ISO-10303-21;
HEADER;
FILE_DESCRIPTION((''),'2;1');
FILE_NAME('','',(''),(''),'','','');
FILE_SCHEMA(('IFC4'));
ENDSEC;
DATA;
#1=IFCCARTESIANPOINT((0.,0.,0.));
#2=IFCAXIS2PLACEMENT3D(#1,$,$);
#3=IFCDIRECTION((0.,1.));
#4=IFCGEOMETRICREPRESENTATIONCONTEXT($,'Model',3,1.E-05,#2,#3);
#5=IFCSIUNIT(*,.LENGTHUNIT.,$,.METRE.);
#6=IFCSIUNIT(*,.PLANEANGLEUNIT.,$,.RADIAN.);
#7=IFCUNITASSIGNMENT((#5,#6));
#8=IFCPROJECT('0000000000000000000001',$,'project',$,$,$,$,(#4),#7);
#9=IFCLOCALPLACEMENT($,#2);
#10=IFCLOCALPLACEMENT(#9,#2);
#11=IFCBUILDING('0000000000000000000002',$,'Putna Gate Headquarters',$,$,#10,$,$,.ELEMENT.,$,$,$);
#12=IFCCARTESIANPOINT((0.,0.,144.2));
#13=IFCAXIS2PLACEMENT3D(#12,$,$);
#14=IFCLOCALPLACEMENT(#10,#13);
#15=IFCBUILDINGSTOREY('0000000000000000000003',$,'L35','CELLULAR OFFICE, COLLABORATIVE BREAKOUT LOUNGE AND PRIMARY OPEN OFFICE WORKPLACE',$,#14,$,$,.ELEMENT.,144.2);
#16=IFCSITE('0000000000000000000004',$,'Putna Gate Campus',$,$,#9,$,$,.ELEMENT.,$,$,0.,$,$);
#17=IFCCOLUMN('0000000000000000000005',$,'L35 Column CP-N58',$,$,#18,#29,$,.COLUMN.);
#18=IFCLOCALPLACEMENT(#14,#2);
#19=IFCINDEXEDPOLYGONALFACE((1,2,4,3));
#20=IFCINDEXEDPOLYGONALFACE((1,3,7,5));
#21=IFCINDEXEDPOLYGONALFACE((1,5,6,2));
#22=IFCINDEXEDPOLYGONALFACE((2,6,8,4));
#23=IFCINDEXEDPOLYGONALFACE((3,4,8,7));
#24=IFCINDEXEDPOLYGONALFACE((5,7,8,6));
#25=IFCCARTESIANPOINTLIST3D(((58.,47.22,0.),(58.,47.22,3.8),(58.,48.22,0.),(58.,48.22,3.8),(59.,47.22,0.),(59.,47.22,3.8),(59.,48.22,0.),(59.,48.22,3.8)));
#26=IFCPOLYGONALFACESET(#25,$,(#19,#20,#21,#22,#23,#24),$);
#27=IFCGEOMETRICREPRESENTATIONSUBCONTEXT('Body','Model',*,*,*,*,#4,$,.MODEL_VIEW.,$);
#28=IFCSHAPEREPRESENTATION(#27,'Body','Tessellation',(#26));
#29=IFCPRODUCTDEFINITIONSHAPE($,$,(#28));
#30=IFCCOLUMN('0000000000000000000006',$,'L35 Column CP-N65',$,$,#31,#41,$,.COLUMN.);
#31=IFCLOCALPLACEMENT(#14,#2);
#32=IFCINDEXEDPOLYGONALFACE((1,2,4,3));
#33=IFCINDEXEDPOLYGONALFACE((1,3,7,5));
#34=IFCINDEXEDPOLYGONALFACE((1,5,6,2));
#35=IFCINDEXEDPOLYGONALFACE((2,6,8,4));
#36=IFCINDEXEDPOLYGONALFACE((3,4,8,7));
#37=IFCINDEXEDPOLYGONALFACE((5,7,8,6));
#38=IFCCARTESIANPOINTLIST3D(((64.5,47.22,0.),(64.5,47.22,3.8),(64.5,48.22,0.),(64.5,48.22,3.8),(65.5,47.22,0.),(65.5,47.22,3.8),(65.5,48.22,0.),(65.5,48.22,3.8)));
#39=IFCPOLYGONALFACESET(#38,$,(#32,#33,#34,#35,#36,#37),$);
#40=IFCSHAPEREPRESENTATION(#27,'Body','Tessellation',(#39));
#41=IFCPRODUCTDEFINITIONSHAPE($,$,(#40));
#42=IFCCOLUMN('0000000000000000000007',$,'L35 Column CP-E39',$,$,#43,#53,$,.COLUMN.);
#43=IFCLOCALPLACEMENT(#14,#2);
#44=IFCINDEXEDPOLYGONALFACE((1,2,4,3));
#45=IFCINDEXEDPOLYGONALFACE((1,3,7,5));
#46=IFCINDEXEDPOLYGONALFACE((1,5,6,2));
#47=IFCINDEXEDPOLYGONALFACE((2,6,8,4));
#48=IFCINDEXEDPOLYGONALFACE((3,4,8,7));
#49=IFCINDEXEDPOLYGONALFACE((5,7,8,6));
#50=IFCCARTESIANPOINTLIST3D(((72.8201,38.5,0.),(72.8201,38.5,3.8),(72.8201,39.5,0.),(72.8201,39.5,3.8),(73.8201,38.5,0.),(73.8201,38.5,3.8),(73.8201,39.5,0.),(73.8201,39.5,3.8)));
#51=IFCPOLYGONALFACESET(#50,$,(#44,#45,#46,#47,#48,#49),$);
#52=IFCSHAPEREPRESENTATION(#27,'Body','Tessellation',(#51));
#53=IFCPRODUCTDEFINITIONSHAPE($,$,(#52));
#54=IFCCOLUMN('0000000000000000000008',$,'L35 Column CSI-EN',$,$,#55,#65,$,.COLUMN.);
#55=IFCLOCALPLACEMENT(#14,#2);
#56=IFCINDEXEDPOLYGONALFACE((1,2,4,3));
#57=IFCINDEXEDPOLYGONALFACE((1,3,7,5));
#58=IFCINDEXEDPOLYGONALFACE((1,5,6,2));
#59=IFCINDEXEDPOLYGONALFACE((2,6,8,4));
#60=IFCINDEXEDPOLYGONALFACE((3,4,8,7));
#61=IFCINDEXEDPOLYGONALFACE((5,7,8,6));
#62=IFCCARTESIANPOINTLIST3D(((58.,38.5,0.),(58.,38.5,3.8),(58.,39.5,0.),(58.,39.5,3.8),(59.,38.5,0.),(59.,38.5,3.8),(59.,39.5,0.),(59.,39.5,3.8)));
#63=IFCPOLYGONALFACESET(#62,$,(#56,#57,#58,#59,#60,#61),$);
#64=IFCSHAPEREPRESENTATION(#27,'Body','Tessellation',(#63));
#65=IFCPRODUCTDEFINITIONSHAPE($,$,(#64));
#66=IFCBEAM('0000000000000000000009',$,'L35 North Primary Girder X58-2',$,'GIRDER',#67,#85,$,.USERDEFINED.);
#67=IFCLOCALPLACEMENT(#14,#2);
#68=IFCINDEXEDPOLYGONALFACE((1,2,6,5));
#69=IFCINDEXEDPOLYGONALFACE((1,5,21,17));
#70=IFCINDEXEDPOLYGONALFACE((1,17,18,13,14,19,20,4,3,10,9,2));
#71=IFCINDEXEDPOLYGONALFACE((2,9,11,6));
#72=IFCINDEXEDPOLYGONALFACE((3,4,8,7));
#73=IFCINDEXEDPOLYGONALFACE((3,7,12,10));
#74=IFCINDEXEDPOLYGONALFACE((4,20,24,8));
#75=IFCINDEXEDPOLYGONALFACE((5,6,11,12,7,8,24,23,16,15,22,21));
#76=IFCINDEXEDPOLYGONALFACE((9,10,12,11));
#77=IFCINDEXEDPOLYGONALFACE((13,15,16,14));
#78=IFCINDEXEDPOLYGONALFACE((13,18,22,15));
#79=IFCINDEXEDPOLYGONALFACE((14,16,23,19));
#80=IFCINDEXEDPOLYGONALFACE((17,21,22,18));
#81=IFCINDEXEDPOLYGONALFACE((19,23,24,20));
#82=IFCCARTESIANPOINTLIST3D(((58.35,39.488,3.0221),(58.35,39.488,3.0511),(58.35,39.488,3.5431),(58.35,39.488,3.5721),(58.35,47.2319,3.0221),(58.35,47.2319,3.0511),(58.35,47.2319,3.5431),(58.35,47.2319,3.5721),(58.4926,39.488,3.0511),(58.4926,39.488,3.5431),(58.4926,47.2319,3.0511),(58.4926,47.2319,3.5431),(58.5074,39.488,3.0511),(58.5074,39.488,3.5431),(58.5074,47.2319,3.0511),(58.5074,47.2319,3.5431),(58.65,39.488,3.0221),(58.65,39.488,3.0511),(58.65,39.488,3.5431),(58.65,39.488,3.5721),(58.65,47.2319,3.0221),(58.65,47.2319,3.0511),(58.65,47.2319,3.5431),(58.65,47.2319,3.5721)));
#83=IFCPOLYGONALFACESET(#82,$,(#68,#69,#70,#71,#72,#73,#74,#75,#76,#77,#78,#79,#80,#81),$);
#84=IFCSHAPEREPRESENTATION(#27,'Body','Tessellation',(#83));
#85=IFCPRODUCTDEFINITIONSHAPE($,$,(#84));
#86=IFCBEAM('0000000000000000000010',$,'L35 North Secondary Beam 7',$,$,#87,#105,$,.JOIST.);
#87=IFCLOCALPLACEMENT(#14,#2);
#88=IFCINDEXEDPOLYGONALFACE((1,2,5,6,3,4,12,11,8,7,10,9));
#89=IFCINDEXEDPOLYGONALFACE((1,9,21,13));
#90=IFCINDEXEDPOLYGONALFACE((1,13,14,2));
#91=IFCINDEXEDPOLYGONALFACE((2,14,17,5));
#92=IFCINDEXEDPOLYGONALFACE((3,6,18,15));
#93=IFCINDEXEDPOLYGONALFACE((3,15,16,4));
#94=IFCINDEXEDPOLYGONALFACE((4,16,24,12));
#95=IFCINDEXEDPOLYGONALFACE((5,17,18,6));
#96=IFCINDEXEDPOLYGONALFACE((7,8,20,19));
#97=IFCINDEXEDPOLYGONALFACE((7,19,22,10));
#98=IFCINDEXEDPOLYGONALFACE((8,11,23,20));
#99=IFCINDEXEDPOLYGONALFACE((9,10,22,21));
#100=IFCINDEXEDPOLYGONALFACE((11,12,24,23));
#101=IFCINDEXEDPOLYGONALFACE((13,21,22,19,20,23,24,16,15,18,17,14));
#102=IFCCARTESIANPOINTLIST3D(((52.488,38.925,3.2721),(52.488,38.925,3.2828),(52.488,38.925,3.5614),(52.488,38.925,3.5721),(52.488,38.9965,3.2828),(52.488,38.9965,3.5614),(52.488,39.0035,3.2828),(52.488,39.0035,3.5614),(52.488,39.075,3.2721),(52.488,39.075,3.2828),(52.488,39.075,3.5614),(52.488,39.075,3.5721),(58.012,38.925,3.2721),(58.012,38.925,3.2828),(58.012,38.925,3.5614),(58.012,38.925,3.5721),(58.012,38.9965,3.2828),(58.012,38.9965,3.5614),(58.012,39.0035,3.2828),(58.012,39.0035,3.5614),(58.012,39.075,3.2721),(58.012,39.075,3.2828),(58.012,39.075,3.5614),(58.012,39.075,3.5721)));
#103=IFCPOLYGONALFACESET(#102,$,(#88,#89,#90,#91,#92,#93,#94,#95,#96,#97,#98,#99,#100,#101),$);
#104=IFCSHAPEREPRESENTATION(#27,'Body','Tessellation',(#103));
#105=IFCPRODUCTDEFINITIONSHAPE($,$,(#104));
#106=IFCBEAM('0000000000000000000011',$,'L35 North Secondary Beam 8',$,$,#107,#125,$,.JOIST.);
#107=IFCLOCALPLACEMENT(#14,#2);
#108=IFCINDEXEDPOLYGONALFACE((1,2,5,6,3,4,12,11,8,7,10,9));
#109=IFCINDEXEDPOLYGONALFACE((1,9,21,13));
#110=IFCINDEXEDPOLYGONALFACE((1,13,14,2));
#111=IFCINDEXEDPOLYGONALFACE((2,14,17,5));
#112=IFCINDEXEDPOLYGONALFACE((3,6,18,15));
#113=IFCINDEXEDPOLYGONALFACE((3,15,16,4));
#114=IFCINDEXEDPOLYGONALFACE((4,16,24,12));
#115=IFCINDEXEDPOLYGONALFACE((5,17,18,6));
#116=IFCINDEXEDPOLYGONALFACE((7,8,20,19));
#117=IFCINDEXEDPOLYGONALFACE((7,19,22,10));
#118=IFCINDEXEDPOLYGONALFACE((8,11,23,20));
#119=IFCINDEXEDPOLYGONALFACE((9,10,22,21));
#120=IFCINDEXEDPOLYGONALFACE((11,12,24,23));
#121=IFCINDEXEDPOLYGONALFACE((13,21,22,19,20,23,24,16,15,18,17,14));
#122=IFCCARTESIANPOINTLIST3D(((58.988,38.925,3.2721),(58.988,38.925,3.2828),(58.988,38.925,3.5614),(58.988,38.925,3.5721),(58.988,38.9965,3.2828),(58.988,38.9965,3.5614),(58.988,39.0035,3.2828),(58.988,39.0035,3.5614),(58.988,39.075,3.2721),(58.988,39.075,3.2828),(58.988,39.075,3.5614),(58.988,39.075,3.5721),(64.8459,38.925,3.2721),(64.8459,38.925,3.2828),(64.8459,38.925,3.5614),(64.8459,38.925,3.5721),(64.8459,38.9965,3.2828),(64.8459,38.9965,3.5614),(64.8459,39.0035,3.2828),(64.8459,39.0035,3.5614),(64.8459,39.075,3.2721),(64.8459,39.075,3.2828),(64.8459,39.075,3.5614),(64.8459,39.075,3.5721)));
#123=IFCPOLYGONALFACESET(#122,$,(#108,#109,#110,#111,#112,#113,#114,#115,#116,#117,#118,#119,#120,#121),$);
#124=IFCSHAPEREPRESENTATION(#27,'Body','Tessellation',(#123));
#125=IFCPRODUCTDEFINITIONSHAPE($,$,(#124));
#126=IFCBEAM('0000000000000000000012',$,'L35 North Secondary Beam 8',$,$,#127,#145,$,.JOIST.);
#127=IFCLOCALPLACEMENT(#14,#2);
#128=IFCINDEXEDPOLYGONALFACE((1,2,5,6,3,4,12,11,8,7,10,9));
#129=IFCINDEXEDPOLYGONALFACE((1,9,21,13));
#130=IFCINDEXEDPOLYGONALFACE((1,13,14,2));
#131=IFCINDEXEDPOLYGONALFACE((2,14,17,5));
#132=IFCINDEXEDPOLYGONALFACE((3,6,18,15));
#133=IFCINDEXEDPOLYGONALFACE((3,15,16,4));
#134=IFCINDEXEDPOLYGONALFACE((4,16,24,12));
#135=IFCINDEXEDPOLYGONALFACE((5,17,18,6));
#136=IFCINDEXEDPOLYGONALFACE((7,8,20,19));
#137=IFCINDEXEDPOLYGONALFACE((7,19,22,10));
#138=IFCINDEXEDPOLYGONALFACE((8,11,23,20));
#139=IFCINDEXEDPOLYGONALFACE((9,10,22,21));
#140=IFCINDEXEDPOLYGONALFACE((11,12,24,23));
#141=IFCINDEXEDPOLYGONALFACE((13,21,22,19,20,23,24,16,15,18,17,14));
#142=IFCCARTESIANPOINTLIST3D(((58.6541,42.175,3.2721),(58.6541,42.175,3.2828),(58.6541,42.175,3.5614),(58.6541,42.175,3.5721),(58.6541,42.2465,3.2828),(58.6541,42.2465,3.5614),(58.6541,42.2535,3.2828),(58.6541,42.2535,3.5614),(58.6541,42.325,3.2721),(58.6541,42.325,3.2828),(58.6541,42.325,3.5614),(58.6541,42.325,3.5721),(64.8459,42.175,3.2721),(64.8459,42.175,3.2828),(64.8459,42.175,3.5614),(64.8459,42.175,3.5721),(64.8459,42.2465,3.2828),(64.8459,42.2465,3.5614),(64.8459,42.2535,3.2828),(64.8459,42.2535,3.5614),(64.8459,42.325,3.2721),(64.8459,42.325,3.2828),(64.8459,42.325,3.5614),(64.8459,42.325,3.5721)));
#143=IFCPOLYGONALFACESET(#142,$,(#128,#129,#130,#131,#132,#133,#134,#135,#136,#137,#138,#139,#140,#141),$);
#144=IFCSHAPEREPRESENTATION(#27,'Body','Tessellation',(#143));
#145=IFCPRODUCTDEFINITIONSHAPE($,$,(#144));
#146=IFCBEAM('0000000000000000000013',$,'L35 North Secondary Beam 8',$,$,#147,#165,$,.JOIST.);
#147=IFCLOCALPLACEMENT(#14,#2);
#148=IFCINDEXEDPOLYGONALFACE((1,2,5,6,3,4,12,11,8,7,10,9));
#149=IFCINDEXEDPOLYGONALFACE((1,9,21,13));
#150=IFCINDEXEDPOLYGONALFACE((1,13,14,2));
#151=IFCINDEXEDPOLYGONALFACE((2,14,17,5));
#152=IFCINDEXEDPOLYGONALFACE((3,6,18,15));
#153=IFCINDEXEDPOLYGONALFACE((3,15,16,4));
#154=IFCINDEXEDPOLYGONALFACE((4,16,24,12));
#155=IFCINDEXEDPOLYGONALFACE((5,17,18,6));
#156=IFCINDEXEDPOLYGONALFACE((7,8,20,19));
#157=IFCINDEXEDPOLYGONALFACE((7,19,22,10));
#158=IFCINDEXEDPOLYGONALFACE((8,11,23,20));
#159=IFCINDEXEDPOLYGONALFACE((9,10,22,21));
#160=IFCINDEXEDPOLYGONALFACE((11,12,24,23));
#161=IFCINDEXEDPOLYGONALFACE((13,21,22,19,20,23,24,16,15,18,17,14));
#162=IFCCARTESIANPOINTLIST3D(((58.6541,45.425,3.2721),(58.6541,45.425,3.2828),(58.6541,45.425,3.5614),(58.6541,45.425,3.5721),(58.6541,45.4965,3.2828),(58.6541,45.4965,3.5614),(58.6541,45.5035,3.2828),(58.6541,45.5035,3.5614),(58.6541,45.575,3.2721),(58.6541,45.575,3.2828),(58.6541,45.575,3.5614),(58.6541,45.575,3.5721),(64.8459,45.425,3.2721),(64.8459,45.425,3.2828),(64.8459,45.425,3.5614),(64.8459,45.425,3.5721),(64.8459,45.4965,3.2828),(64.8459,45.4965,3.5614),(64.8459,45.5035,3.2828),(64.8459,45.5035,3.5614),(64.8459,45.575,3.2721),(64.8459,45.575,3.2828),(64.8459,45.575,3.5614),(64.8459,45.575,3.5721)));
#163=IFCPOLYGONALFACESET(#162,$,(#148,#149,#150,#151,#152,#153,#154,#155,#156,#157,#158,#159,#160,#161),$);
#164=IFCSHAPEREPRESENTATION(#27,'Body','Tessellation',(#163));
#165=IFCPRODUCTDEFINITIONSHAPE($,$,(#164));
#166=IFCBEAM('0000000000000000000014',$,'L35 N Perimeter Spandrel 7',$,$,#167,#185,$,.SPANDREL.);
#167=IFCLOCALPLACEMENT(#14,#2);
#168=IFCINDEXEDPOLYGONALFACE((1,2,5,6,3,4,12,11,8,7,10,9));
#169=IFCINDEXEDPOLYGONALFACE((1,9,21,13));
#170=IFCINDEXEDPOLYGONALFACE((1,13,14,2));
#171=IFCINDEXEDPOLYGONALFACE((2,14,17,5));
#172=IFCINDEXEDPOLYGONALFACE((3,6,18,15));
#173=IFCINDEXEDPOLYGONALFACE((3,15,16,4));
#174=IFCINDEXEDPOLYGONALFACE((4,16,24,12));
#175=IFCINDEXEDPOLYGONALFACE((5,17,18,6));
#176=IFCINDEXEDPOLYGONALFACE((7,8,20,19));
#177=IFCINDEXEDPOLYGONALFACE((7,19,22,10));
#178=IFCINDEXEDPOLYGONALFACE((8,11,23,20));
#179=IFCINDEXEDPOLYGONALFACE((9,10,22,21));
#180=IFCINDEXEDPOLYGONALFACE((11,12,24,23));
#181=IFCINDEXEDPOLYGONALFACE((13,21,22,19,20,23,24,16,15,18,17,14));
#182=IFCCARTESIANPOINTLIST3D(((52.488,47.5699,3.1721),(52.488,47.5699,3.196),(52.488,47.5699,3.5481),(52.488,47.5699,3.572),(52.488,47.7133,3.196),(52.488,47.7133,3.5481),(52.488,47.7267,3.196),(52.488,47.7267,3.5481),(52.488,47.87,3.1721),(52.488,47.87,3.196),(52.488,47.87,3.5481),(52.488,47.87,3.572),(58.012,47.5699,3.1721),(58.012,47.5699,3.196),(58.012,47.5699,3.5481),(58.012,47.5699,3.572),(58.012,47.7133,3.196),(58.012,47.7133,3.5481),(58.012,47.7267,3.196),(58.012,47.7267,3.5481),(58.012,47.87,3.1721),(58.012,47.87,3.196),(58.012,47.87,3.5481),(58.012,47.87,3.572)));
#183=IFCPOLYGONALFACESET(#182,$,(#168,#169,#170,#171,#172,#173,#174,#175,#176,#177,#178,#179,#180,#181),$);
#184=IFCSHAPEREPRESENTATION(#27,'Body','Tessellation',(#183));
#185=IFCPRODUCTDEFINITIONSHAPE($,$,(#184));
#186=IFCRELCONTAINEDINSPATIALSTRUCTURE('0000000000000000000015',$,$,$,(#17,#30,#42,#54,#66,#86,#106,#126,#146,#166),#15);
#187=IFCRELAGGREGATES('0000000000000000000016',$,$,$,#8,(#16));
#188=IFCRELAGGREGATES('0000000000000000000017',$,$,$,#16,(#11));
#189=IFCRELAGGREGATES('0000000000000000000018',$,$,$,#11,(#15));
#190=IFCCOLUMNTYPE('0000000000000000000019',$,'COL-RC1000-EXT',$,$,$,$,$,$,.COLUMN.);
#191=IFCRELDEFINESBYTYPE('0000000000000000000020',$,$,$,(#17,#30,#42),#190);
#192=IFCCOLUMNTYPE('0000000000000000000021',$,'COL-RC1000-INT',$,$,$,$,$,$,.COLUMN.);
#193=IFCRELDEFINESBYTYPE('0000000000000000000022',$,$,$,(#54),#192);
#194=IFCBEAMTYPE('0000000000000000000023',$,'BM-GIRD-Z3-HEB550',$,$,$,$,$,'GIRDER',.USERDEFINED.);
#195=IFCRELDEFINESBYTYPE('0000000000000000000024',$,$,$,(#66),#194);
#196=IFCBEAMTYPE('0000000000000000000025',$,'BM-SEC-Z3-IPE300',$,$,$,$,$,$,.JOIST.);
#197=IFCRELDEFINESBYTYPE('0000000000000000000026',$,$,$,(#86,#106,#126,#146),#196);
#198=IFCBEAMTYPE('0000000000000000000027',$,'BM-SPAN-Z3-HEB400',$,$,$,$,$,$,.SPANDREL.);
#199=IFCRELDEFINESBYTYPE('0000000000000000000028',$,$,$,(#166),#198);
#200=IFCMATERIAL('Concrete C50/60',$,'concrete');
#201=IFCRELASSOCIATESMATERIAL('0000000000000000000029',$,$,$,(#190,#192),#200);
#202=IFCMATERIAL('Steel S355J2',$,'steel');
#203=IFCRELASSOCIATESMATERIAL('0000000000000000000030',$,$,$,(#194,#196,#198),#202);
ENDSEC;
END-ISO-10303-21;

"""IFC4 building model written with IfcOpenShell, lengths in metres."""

from ifc_helpers import new_model, si_unit, direction, frame, origin, origin_2d, place, context, subcontext, project, spatial, rectangle, i_section, extrude, material, material_profile, profile_set, type_object, element, save


model = new_model("IFC4")

# Units and contexts
model_context = context("Model", 3, precision=1e-05, world=origin(), true_north=direction((0.0, 1.0)))
body_context = subcontext(model_context, "Body", "Model", "MODEL_VIEW")
ifc_project = project(units=[si_unit("LENGTHUNIT", "METRE"), si_unit("PLANEANGLEUNIT", "RADIAN")], contexts=[model_context])

# Site, building, storey
site_placement = place(None, origin())
site = spatial("IfcSite", under=ifc_project, at=site_placement, Name="Putna Gate Campus", CompositionType="ELEMENT", RefElevation=0.0)
building_placement = place(site_placement, origin())
building = spatial("IfcBuilding", under=site, at=building_placement, Name="Putna Gate Headquarters", CompositionType="ELEMENT")
storey_placement = place(building_placement, frame((0.0, 0.0, 144.2)))
storey = spatial("IfcBuildingStorey", under=building, at=storey_placement, Name="L35", Description="CELLULAR OFFICE, COLLABORATIVE BREAKOUT LOUNGE AND PRIMARY OPEN OFFICE WORKPLACE", CompositionType="ELEMENT", Elevation=144.2)

# Columns
ifc_material_1 = material(Name="Concrete C50/60", Category="concrete")
ifc_material_profile_1 = material_profile(ifc_material_1, rectangle(XDim=1.0, YDim=1.0, at=origin_2d()), Name="Concrete C50/60")
ifc_profile_set_1 = profile_set([ifc_material_profile_1], Name="Concrete C50/60")
column_type_1 = type_object("IfcColumnType", Name="COL-RC1000-EXT", PredefinedType="COLUMN", material=ifc_profile_set_1)
for number, where, z_axis, x_axis, name in (
    (1, (58.5, 47.72, 0.0), (0.0, 0.0, 1.0), (1.0, 0.0, 0.0), "L35 Column CP-N58"),
    (2, (65.0, 47.72, 0.0), (0.0, 0.0, 1.0), (1.0, 0.0, 0.0), "L35 Column CP-N65"),
    (3, (73.3201, 39.0, 0.0), (0.0, 0.0, 1.0), (1.0, 0.0, 0.0), "L35 Column CP-E39"),
):
    element("IfcColumn", number, at=place(storey_placement, frame(where, z_axis=z_axis, x_axis=x_axis)), inside=storey, type_object=column_type_1, Name=name, PredefinedType="COLUMN", context=body_context, shape_type="SweptSolid", body=[
        extrude(rectangle(XDim=1.0, YDim=1.0, at=origin_2d()), origin(), (0.0, 0.0, 1.0), 3.8),
    ])
ifc_material_profile_2 = material_profile(ifc_material_1, rectangle(XDim=1.0, YDim=1.0, at=origin_2d()), Name="Concrete C50/60")
ifc_profile_set_2 = profile_set([ifc_material_profile_2], Name="Concrete C50/60")
column_type_2 = type_object("IfcColumnType", Name="COL-RC1000-INT", PredefinedType="COLUMN", material=ifc_profile_set_2)
column_placement = place(storey_placement, frame((58.5, 39.0, 0.0), z_axis=(0.0, 0.0, 1.0), x_axis=(1.0, 0.0, 0.0)))
element("IfcColumn", 4, at=column_placement, inside=storey, type_object=column_type_2, Name="L35 Column CSI-EN", PredefinedType="COLUMN", context=body_context, shape_type="SweptSolid", body=[
    extrude(rectangle(XDim=1.0, YDim=1.0, at=origin_2d()), origin(), (0.0, 0.0, 1.0), 3.8),
])

# Beams
ifc_material_2 = material(Name="Steel S355J2", Category="steel")
ifc_material_profile_3 = material_profile(ifc_material_2, i_section(OverallWidth=0.3, OverallDepth=0.55, WebThickness=0.0149, FlangeThickness=0.0291, at=origin_2d()), Name="Steel S355J2")
ifc_profile_set_3 = profile_set([ifc_material_profile_3], Name="Steel S355J2")
beam_type_1 = type_object("IfcBeamType", Name="BM-GIRD-Z3-HEB550", ElementType="GIRDER", PredefinedType="USERDEFINED", material=ifc_profile_set_3)
beam_1_placement = place(storey_placement, frame((58.5, 39.488, 3.2971), z_axis=(0.0, 1.0, 0.0), x_axis=(-1.0, 0.0, 0.0)))
element("IfcBeam", 5, at=beam_1_placement, inside=storey, type_object=beam_type_1, Name="L35 North Primary Girder X58-2", ObjectType="GIRDER", PredefinedType="USERDEFINED", context=body_context, shape_type="SweptSolid", body=[
    extrude(i_section(OverallWidth=0.3, OverallDepth=0.55, WebThickness=0.0149, FlangeThickness=0.0291, at=origin_2d()), origin(), (0.0, 0.0, 1.0), 7.7439),
])
ifc_material_profile_4 = material_profile(ifc_material_2, i_section(OverallWidth=0.1499, OverallDepth=0.3, WebThickness=0.0071, FlangeThickness=0.0107, at=origin_2d()), Name="Steel S355J2")
ifc_profile_set_4 = profile_set([ifc_material_profile_4], Name="Steel S355J2")
beam_type_2 = type_object("IfcBeamType", Name="BM-SEC-Z3-IPE300", PredefinedType="JOIST", material=ifc_profile_set_4)
beam_2_placement = place(storey_placement, frame((52.488, 39.0, 3.4221), z_axis=(1.0, 0.0, 0.0), x_axis=(0.0, 1.0, 0.0)))
element("IfcBeam", 6, at=beam_2_placement, inside=storey, type_object=beam_type_2, Name="L35 North Secondary Beam 7", PredefinedType="JOIST", context=body_context, shape_type="SweptSolid", body=[
    extrude(i_section(OverallWidth=0.1499, OverallDepth=0.3, WebThickness=0.0071, FlangeThickness=0.0107, at=origin_2d()), origin(), (0.0, 0.0, 1.0), 5.5239),
])
beam_3_placement = place(storey_placement, frame((58.988, 39.0, 3.4221), z_axis=(1.0, 0.0, 0.0), x_axis=(0.0, 1.0, 0.0)))
element("IfcBeam", 7, at=beam_3_placement, inside=storey, type_object=beam_type_2, Name="L35 North Secondary Beam 8", PredefinedType="JOIST", context=body_context, shape_type="SweptSolid", body=[
    extrude(i_section(OverallWidth=0.1499, OverallDepth=0.3, WebThickness=0.0071, FlangeThickness=0.0107, at=origin_2d()), origin(), (0.0, 0.0, 1.0), 5.8579),
])
for number, where, z_axis, x_axis, name in (
    (8, (58.6541, 42.25, 3.4221), (1.0, 0.0, 0.0), (0.0, 1.0, 0.0), "L35 North Secondary Beam 8"),
    (9, (58.6541, 45.5, 3.4221), (1.0, 0.0, 0.0), (0.0, 1.0, 0.0), "L35 North Secondary Beam 8"),
):
    element("IfcBeam", number, at=place(storey_placement, frame(where, z_axis=z_axis, x_axis=x_axis)), inside=storey, type_object=beam_type_2, Name=name, PredefinedType="JOIST", context=body_context, shape_type="SweptSolid", body=[
        extrude(i_section(OverallWidth=0.1499, OverallDepth=0.3, WebThickness=0.0071, FlangeThickness=0.0107, at=origin_2d()), origin(), (0.0, 0.0, 1.0), 6.1919),
    ])
ifc_material_profile_5 = material_profile(ifc_material_2, i_section(OverallWidth=0.3, OverallDepth=0.3999, WebThickness=0.0134, FlangeThickness=0.0239, at=origin_2d()), Name="Steel S355J2")
ifc_profile_set_5 = profile_set([ifc_material_profile_5], Name="Steel S355J2")
beam_type_3 = type_object("IfcBeamType", Name="BM-SPAN-Z3-HEB400", PredefinedType="SPANDREL", material=ifc_profile_set_5)
for number, where, z_axis, x_axis, name in (
    (10, (52.488, 47.72, 3.3721), (1.0, 0.0, 0.0), (0.0, 1.0, 0.0), "L35 N Perimeter Spandrel 7"),
):
    element("IfcBeam", number, at=place(storey_placement, frame(where, z_axis=z_axis, x_axis=x_axis)), inside=storey, type_object=beam_type_3, Name=name, PredefinedType="SPANDREL", context=body_context, shape_type="SweptSolid", body=[
        extrude(i_section(OverallWidth=0.3, OverallDepth=0.3999, WebThickness=0.0134, FlangeThickness=0.0239, at=origin_2d()), origin(), (0.0, 0.0, 1.0), 5.5239),
    ])

save(model, "model.ifc")
